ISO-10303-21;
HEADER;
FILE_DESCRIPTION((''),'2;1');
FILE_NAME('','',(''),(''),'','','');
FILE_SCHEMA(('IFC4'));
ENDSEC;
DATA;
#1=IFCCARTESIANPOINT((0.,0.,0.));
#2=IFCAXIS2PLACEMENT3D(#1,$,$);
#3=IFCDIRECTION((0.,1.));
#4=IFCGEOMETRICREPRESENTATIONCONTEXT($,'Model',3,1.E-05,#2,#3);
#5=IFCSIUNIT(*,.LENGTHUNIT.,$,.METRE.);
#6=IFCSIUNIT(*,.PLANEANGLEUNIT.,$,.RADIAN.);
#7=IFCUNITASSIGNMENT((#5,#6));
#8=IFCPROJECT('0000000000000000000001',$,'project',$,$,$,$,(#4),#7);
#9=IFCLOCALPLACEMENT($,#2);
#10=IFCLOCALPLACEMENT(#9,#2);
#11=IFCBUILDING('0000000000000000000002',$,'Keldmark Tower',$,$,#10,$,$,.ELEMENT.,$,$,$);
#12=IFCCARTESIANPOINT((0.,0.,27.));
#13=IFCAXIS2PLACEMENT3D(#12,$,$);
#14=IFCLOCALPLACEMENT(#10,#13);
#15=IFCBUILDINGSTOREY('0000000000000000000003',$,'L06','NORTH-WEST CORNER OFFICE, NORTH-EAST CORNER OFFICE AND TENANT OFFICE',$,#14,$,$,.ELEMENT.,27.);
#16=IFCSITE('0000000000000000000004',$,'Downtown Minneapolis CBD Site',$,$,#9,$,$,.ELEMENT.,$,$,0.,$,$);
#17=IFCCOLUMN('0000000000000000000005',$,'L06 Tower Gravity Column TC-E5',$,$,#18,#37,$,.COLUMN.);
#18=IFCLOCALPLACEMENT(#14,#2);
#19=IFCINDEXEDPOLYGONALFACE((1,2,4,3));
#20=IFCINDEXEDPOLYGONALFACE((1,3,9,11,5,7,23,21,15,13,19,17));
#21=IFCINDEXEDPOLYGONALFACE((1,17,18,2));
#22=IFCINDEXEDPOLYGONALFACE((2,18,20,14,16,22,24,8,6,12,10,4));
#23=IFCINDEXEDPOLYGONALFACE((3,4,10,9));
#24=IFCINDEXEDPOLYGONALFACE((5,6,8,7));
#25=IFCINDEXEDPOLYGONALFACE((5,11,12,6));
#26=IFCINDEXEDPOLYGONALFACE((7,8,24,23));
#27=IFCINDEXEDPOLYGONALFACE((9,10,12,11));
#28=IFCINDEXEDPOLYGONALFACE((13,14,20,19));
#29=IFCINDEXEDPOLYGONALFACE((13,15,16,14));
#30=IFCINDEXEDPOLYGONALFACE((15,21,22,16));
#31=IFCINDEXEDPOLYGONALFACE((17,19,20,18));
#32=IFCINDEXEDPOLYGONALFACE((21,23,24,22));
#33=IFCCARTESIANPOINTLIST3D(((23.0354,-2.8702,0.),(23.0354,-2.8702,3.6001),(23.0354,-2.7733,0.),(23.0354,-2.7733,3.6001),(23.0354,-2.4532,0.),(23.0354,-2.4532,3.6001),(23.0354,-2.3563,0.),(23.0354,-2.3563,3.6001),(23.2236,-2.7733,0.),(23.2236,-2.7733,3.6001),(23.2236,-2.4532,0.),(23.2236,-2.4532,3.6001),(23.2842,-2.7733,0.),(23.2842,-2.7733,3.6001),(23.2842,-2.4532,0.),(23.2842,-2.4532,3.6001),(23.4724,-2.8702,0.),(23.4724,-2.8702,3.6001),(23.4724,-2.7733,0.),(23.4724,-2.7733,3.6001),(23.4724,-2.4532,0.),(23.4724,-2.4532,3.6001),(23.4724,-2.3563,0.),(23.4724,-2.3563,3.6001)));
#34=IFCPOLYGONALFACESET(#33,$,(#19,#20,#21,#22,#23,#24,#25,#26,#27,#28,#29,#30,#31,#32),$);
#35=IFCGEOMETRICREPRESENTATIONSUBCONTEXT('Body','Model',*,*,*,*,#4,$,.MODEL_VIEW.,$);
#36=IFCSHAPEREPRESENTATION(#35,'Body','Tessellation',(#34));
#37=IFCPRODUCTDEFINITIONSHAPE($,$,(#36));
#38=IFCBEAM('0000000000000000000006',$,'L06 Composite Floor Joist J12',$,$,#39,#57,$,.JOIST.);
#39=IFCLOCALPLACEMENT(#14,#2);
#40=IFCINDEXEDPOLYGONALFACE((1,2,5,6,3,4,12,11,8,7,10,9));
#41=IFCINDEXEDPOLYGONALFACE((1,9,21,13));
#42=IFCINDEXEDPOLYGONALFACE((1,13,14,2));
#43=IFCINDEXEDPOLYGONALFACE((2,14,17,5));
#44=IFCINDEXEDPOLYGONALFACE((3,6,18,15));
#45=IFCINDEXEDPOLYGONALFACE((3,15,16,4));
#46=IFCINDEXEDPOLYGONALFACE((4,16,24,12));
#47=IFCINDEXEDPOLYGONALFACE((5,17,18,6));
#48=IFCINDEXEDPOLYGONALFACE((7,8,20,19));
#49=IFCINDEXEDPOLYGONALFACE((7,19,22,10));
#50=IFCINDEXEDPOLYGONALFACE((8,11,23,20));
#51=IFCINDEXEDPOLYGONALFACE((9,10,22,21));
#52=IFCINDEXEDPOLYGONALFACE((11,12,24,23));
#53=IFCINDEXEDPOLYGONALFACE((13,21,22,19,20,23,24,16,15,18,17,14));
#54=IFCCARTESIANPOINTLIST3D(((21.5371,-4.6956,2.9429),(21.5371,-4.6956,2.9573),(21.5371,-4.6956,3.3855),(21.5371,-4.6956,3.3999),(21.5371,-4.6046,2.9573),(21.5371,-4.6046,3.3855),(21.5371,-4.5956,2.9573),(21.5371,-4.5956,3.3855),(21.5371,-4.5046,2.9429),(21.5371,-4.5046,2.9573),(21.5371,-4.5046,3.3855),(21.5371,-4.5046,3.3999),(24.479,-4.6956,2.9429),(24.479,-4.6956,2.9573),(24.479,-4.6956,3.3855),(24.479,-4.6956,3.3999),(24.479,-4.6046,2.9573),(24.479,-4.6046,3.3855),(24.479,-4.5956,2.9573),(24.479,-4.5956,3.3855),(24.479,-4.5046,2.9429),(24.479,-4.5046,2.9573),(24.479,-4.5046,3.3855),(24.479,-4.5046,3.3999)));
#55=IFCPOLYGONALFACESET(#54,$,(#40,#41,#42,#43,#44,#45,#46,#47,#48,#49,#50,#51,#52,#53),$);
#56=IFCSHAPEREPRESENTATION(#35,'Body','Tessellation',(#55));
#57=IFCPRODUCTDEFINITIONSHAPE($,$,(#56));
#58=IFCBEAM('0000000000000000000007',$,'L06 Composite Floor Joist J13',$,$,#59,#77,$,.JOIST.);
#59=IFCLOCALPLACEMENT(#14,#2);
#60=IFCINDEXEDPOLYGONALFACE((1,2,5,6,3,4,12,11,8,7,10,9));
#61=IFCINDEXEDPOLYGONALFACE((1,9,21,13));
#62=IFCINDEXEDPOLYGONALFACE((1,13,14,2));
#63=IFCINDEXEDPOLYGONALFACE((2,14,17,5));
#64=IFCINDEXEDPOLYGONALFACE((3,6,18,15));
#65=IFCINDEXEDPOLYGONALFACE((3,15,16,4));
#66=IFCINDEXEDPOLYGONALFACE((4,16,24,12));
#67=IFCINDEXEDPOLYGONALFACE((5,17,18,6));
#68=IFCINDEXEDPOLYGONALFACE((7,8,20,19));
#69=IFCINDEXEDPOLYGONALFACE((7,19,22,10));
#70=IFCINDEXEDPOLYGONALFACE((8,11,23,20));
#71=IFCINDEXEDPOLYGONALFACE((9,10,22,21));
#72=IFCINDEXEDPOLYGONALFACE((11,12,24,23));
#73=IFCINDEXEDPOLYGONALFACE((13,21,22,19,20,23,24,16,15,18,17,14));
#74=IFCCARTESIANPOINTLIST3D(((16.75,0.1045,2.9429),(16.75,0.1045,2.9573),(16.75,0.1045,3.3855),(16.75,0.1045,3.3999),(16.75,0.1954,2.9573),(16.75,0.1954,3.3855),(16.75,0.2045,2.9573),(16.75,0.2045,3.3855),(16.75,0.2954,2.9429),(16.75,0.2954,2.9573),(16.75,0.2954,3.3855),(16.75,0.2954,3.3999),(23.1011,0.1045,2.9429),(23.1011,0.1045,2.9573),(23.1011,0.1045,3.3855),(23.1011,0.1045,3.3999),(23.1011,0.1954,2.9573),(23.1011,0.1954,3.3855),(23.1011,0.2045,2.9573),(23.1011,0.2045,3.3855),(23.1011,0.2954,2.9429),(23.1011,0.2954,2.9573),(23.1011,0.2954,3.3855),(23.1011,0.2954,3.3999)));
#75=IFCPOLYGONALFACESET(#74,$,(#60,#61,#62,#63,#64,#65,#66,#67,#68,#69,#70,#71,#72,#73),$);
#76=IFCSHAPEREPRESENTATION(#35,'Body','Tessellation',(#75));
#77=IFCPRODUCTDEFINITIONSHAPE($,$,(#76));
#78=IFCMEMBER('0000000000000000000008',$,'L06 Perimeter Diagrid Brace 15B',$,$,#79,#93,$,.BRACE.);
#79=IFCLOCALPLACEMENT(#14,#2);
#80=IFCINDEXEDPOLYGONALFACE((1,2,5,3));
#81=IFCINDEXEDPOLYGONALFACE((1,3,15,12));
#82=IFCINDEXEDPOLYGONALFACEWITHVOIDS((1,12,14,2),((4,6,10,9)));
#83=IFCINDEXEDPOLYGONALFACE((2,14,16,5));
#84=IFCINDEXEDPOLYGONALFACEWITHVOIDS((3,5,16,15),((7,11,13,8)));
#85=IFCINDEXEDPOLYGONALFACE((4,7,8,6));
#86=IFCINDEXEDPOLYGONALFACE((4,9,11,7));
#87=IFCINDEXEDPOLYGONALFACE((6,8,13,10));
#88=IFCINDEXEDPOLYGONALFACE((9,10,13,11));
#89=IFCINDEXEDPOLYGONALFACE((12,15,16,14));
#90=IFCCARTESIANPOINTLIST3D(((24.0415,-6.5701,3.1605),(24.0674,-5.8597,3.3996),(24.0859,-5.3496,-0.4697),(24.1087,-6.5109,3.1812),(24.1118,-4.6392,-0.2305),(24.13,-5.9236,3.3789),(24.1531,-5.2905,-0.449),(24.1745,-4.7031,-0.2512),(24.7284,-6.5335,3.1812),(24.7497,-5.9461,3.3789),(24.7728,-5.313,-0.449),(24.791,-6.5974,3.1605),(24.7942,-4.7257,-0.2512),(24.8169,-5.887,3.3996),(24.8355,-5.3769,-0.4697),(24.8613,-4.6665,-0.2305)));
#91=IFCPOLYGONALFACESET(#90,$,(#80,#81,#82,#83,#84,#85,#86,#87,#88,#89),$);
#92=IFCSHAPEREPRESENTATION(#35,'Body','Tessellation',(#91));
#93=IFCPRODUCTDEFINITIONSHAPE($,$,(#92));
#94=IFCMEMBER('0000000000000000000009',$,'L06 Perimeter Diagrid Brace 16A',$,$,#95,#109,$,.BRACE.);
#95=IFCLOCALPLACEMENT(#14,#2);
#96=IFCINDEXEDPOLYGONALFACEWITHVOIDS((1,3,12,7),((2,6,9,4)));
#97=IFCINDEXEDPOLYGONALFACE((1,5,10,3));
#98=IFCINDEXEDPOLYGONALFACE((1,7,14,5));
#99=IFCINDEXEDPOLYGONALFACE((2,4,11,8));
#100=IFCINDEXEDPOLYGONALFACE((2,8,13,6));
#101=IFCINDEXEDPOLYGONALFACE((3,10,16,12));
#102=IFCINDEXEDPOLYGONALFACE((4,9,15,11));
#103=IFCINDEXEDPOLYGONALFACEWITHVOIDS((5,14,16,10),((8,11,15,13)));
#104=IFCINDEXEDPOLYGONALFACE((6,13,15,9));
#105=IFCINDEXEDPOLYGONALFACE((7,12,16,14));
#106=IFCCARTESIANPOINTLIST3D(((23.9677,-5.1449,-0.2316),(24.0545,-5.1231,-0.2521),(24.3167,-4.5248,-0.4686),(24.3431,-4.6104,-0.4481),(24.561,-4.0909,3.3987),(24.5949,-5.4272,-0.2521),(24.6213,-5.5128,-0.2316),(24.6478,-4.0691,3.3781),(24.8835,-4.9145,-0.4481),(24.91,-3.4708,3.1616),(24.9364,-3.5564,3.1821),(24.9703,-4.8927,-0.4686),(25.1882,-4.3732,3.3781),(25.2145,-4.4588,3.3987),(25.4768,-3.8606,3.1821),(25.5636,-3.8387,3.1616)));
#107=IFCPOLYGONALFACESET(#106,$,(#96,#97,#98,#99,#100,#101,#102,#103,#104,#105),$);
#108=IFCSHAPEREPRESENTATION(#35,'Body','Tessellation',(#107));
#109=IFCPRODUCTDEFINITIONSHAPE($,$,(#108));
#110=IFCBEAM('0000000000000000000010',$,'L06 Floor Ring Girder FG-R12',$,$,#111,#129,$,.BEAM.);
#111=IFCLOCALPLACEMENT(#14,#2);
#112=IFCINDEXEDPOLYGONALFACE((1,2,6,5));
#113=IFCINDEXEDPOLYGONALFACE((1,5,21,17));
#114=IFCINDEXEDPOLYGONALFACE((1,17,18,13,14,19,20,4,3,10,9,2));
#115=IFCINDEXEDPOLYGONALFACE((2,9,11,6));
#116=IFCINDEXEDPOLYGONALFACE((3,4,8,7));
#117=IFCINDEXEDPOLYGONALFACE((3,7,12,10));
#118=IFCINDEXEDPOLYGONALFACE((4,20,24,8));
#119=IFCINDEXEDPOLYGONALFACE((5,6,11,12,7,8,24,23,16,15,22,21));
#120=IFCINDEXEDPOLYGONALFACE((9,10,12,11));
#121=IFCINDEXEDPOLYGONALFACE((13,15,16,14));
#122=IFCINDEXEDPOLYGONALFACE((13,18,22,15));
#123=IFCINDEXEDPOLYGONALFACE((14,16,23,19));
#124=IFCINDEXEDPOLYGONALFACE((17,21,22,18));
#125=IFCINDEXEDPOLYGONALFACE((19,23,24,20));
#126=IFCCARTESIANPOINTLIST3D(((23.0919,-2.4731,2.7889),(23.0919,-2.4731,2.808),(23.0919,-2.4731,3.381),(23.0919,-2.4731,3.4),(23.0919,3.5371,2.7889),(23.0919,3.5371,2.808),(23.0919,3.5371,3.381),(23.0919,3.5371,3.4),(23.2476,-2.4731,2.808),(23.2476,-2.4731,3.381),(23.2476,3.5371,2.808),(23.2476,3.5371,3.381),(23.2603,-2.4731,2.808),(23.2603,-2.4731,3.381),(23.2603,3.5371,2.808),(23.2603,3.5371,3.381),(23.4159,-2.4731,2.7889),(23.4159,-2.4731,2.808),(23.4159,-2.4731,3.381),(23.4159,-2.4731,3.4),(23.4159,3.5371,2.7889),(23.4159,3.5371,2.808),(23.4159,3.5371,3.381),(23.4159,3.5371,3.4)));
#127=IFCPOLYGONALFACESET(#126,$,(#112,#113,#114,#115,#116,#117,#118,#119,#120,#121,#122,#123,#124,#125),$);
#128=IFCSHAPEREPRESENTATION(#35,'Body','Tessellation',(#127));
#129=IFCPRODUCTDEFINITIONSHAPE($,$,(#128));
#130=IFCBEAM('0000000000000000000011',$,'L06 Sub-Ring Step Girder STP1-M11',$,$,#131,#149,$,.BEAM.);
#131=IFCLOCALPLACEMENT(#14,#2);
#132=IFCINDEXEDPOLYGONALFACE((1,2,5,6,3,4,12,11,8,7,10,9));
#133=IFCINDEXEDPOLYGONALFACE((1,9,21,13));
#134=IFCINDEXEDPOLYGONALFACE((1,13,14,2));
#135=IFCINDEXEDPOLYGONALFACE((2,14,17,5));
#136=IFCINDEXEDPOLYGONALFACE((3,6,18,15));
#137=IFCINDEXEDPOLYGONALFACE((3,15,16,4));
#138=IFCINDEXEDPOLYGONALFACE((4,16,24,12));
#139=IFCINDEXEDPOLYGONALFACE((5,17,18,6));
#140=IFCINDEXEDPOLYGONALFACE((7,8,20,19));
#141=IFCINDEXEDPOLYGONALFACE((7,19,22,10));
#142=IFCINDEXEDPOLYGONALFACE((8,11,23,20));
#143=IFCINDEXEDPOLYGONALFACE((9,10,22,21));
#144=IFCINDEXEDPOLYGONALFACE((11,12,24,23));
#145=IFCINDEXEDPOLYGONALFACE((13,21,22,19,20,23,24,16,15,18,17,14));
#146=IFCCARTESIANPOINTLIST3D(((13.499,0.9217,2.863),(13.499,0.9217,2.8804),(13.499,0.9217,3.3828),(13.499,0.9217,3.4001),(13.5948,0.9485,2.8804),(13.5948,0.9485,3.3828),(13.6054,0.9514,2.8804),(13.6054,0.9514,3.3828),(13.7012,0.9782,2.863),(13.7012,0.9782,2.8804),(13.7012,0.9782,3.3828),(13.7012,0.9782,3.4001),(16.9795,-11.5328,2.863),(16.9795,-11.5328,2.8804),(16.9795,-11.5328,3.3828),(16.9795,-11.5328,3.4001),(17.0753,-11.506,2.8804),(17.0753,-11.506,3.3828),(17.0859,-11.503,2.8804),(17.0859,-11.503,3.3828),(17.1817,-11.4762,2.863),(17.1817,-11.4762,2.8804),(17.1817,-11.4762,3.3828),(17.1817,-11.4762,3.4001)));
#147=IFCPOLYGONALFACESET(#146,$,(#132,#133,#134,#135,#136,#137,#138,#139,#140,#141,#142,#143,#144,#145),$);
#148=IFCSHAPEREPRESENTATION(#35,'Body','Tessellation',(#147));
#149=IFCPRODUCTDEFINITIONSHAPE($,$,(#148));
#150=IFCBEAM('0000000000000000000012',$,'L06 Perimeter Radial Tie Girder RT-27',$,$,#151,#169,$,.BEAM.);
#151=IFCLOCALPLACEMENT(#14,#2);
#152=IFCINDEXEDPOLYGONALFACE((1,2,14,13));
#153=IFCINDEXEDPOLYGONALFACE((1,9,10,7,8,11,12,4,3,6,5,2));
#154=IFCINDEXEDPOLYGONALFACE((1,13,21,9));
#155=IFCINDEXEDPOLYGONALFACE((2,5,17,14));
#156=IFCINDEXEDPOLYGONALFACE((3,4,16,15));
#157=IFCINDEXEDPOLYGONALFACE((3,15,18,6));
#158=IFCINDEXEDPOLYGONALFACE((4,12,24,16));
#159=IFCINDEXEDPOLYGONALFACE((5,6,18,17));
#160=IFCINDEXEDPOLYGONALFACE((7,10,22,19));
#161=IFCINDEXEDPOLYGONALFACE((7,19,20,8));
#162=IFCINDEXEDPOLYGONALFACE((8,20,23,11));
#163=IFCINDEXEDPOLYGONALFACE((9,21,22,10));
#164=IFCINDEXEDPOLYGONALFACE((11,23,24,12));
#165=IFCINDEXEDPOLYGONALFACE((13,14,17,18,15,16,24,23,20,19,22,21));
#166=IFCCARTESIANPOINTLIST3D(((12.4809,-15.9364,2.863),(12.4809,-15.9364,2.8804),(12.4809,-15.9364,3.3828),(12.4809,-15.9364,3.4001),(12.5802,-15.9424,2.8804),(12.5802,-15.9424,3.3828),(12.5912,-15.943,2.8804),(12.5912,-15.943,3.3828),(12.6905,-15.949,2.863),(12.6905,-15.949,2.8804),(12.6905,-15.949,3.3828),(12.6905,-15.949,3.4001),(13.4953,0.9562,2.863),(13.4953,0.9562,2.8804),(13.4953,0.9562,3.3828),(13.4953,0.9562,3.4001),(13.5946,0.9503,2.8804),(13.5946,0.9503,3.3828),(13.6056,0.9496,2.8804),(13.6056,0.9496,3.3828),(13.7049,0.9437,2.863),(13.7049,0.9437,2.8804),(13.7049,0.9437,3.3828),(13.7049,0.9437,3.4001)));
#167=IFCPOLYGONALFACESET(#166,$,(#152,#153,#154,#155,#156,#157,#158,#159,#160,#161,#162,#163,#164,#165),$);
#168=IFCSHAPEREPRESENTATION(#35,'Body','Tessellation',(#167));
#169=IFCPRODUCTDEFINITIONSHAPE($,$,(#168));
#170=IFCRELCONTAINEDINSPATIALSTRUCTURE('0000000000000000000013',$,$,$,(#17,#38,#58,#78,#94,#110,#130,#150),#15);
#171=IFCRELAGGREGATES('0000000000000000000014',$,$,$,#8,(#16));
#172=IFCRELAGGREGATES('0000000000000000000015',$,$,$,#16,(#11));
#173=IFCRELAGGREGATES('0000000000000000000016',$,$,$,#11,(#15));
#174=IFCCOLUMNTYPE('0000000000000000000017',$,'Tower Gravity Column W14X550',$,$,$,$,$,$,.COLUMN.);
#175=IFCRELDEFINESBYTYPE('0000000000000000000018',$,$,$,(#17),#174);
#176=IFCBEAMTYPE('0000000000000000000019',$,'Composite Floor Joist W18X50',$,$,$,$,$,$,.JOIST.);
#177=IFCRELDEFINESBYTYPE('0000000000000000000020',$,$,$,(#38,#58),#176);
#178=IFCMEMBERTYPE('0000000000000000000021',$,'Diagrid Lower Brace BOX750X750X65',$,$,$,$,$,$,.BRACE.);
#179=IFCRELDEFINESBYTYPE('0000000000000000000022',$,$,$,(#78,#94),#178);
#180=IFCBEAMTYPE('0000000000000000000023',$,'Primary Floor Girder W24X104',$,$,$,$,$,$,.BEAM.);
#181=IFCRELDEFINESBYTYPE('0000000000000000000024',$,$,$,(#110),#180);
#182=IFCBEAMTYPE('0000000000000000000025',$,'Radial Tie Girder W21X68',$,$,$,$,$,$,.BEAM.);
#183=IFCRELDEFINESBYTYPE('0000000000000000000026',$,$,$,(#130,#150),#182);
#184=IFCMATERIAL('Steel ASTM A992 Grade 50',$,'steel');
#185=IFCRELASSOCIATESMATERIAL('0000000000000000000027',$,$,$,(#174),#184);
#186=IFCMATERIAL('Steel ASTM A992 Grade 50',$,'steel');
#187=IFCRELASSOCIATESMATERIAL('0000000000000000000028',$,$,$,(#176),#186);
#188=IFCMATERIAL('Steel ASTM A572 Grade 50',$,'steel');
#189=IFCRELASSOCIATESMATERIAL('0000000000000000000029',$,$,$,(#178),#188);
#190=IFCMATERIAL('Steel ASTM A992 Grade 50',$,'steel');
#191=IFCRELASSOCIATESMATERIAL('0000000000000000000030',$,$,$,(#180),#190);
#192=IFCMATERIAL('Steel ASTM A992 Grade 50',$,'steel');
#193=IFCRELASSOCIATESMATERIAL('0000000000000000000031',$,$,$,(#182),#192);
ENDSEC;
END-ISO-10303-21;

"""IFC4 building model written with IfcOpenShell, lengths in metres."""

from ifc_helpers import new_model, si_unit, direction, frame, origin, origin_2d, place, context, subcontext, project, spatial, hollow_rectangle, i_section, extrude, material, material_profile, profile_set, type_object, element, save


model = new_model("IFC4")

# Units and contexts
model_context = context("Model", 3, precision=1e-05, world=origin(), true_north=direction((0.0, 1.0)))
body_context = subcontext(model_context, "Body", "Model", "MODEL_VIEW")
ifc_project = project(units=[si_unit("LENGTHUNIT", "METRE"), si_unit("PLANEANGLEUNIT", "RADIAN")], contexts=[model_context])

# Site, building, storey
site_placement = place(None, origin())
site = spatial("IfcSite", under=ifc_project, at=site_placement, Name="Downtown Minneapolis CBD Site", CompositionType="ELEMENT", RefElevation=0.0)
building_placement = place(site_placement, origin())
building = spatial("IfcBuilding", under=site, at=building_placement, Name="Keldmark Tower", CompositionType="ELEMENT")
storey_placement = place(building_placement, frame((0.0, 0.0, 27.0)))
storey = spatial("IfcBuildingStorey", under=building, at=storey_placement, Name="L06", Description="NORTH-WEST CORNER OFFICE, NORTH-EAST CORNER OFFICE AND TENANT OFFICE", CompositionType="ELEMENT", Elevation=27.0)

# Column
ifc_material_1 = material(Name="Steel ASTM A992 Grade 50", Category="steel")
ifc_material_profile_1 = material_profile(ifc_material_1, i_section(OverallWidth=0.437, OverallDepth=0.5139, WebThickness=0.0605, FlangeThickness=0.0969, at=origin_2d()), Name="W14X550")
ifc_profile_set_1 = profile_set([ifc_material_profile_1], Name="Steel ASTM A992 Grade 50")
column_type = type_object("IfcColumnType", Name="Tower Gravity Column W14X550", PredefinedType="COLUMN", material=ifc_profile_set_1)
column_placement = place(storey_placement, frame((23.2539, -2.6133, 0.0), z_axis=(0.0, 0.0, 1.0), x_axis=(1.0, 0.0, 0.0)))
element("IfcColumn", 1, at=column_placement, inside=storey, type_object=column_type, Name="L06 Tower Gravity Column TC-E5", PredefinedType="COLUMN", context=body_context, shape_type="SweptSolid", body=[
    extrude(i_section(OverallWidth=0.437, OverallDepth=0.5139, WebThickness=0.0605, FlangeThickness=0.0969, at=origin_2d()), origin(), (0.0, 0.0, 1.0), 3.6001),
])

# Beams
ifc_material_2 = material(Name="Steel ASTM A992 Grade 50", Category="steel")
ifc_material_profile_2 = material_profile(ifc_material_2, i_section(OverallWidth=0.1909, OverallDepth=0.457, WebThickness=0.009, FlangeThickness=0.0144, at=origin_2d()), Name="W18X50")
ifc_profile_set_2 = profile_set([ifc_material_profile_2], Name="Steel ASTM A992 Grade 50")
beam_type_1 = type_object("IfcBeamType", Name="Composite Floor Joist W18X50", PredefinedType="JOIST", material=ifc_profile_set_2)
beam_1_placement = place(storey_placement, frame((21.5371, -4.6001, 3.1714), z_axis=(1.0, 0.0, 0.0), x_axis=(0.0, 1.0, 0.0)))
element("IfcBeam", 2, at=beam_1_placement, inside=storey, type_object=beam_type_1, Name="L06 Composite Floor Joist J12", PredefinedType="JOIST", context=body_context, shape_type="SweptSolid", body=[
    extrude(i_section(OverallWidth=0.1909, OverallDepth=0.457, WebThickness=0.009, FlangeThickness=0.0144, at=origin_2d()), origin(), (0.0, 0.0, 1.0), 2.9419),
])
beam_2_placement = place(storey_placement, frame((16.75, 0.2, 3.1714), z_axis=(1.0, 0.0, 0.0), x_axis=(0.0, 1.0, 0.0)))
element("IfcBeam", 3, at=beam_2_placement, inside=storey, type_object=beam_type_1, Name="L06 Composite Floor Joist J13", PredefinedType="JOIST", context=body_context, shape_type="SweptSolid", body=[
    extrude(i_section(OverallWidth=0.1909, OverallDepth=0.457, WebThickness=0.009, FlangeThickness=0.0144, at=origin_2d()), origin(), (0.0, 0.0, 1.0), 6.3511),
])

# Members
ifc_material_3 = material(Name="Steel ASTM A572 Grade 50", Category="steel")
ifc_material_profile_3 = material_profile(ifc_material_3, hollow_rectangle(XDim=0.75, YDim=0.75, WallThickness=0.0649, at=origin_2d()), Name="BOX750X750X65")
ifc_profile_set_3 = profile_set([ifc_material_profile_3], Name="Steel ASTM A572 Grade 50")
member_type = type_object("IfcMemberType", Name="Diagrid Lower Brace BOX750X750X65", PredefinedType="BRACE", material=ifc_profile_set_3)
member_1_placement = place(storey_placement, frame((24.4736, -5.0081, -0.3501), z_axis=(-0.011601, -0.318653, 0.9478), x_axis=(0.999338, -0.036383, 0.0)))
element("IfcMember", 4, at=member_1_placement, inside=storey, type_object=member_type, Name="L06 Perimeter Diagrid Brace 15B", PredefinedType="BRACE", context=body_context, shape_type="SweptSolid", body=[
    extrude(hollow_rectangle(XDim=0.75, YDim=0.75, WallThickness=0.0649, at=origin_2d()), origin(), (0.0, 0.0, 1.0), 3.8301),
])
member_2_placement = place(storey_placement, frame((24.469, -5.0188, -0.3501), z_axis=(0.155048, 0.27545, 0.948729), x_axis=(-0.87143, 0.49052, 0.0)))
element("IfcMember", 5, at=member_2_placement, inside=storey, type_object=member_type, Name="L06 Perimeter Diagrid Brace 16A", PredefinedType="BRACE", context=body_context, shape_type="SweptSolid", body=[
    extrude(hollow_rectangle(XDim=0.75, YDim=0.75, WallThickness=0.0649, at=origin_2d()), origin(), (0.0, 0.0, 1.0), 3.8264),
])

# Beams
ifc_material_4 = material(Name="Steel ASTM A992 Grade 50", Category="steel")
ifc_material_profile_4 = material_profile(ifc_material_4, i_section(OverallWidth=0.324, OverallDepth=0.6111, WebThickness=0.0127, FlangeThickness=0.019, at=origin_2d()), Name="W24X104")
ifc_profile_set_4 = profile_set([ifc_material_profile_4], Name="Steel ASTM A992 Grade 50")
beam_type_2 = type_object("IfcBeamType", Name="Primary Floor Girder W24X104", PredefinedType="BEAM", material=ifc_profile_set_4)
beam_3_placement = place(storey_placement, frame((23.2539, -2.4731, 3.0945), z_axis=(0.0, 1.0, 0.0), x_axis=(-1.0, 0.0, 0.0)))
element("IfcBeam", 6, at=beam_3_placement, inside=storey, type_object=beam_type_2, Name="L06 Floor Ring Girder FG-R12", PredefinedType="BEAM", context=body_context, shape_type="SweptSolid", body=[
    extrude(i_section(OverallWidth=0.324, OverallDepth=0.6111, WebThickness=0.0127, FlangeThickness=0.019, at=origin_2d()), origin(), (0.0, 0.0, 1.0), 6.0103),
])
ifc_material_5 = material(Name="Steel ASTM A992 Grade 50", Category="steel")
ifc_material_profile_5 = material_profile(ifc_material_5, i_section(OverallWidth=0.21, OverallDepth=0.5371, WebThickness=0.011, FlangeThickness=0.0173, at=origin_2d()), Name="W21X68")
ifc_profile_set_5 = profile_set([ifc_material_profile_5], Name="Steel ASTM A992 Grade 50")
beam_type_3 = type_object("IfcBeamType", Name="Radial Tie Girder W21X68", PredefinedType="BEAM", material=ifc_profile_set_5)
beam_4_placement = place(storey_placement, frame((13.6001, 0.95, 3.1316), z_axis=(0.269146, -0.963099, 0.0), x_axis=(0.963099, 0.269146, 0.0)))
element("IfcBeam", 7, at=beam_4_placement, inside=storey, type_object=beam_type_3, Name="L06 Sub-Ring Step Girder STP1-M11", PredefinedType="BEAM", context=body_context, shape_type="SweptSolid", body=[
    extrude(i_section(OverallWidth=0.21, OverallDepth=0.5371, WebThickness=0.011, FlangeThickness=0.0173, at=origin_2d()), origin(), (0.0, 0.0, 1.0), 12.9316),
])
beam_5_placement = place(storey_placement, frame((13.6001, 0.95, 3.1316), z_axis=(-0.059942, -0.998202, 0.0), x_axis=(0.998202, -0.059942, 0.0)))
element("IfcBeam", 8, at=beam_5_placement, inside=storey, type_object=beam_type_3, Name="L06 Perimeter Radial Tie Girder RT-27", PredefinedType="BEAM", context=body_context, shape_type="SweptSolid", body=[
    extrude(i_section(OverallWidth=0.21, OverallDepth=0.5371, WebThickness=0.011, FlangeThickness=0.0173, at=origin_2d()), origin(), (0.0, 0.0, 1.0), 16.9231),
])

save(model, "model.ifc")
